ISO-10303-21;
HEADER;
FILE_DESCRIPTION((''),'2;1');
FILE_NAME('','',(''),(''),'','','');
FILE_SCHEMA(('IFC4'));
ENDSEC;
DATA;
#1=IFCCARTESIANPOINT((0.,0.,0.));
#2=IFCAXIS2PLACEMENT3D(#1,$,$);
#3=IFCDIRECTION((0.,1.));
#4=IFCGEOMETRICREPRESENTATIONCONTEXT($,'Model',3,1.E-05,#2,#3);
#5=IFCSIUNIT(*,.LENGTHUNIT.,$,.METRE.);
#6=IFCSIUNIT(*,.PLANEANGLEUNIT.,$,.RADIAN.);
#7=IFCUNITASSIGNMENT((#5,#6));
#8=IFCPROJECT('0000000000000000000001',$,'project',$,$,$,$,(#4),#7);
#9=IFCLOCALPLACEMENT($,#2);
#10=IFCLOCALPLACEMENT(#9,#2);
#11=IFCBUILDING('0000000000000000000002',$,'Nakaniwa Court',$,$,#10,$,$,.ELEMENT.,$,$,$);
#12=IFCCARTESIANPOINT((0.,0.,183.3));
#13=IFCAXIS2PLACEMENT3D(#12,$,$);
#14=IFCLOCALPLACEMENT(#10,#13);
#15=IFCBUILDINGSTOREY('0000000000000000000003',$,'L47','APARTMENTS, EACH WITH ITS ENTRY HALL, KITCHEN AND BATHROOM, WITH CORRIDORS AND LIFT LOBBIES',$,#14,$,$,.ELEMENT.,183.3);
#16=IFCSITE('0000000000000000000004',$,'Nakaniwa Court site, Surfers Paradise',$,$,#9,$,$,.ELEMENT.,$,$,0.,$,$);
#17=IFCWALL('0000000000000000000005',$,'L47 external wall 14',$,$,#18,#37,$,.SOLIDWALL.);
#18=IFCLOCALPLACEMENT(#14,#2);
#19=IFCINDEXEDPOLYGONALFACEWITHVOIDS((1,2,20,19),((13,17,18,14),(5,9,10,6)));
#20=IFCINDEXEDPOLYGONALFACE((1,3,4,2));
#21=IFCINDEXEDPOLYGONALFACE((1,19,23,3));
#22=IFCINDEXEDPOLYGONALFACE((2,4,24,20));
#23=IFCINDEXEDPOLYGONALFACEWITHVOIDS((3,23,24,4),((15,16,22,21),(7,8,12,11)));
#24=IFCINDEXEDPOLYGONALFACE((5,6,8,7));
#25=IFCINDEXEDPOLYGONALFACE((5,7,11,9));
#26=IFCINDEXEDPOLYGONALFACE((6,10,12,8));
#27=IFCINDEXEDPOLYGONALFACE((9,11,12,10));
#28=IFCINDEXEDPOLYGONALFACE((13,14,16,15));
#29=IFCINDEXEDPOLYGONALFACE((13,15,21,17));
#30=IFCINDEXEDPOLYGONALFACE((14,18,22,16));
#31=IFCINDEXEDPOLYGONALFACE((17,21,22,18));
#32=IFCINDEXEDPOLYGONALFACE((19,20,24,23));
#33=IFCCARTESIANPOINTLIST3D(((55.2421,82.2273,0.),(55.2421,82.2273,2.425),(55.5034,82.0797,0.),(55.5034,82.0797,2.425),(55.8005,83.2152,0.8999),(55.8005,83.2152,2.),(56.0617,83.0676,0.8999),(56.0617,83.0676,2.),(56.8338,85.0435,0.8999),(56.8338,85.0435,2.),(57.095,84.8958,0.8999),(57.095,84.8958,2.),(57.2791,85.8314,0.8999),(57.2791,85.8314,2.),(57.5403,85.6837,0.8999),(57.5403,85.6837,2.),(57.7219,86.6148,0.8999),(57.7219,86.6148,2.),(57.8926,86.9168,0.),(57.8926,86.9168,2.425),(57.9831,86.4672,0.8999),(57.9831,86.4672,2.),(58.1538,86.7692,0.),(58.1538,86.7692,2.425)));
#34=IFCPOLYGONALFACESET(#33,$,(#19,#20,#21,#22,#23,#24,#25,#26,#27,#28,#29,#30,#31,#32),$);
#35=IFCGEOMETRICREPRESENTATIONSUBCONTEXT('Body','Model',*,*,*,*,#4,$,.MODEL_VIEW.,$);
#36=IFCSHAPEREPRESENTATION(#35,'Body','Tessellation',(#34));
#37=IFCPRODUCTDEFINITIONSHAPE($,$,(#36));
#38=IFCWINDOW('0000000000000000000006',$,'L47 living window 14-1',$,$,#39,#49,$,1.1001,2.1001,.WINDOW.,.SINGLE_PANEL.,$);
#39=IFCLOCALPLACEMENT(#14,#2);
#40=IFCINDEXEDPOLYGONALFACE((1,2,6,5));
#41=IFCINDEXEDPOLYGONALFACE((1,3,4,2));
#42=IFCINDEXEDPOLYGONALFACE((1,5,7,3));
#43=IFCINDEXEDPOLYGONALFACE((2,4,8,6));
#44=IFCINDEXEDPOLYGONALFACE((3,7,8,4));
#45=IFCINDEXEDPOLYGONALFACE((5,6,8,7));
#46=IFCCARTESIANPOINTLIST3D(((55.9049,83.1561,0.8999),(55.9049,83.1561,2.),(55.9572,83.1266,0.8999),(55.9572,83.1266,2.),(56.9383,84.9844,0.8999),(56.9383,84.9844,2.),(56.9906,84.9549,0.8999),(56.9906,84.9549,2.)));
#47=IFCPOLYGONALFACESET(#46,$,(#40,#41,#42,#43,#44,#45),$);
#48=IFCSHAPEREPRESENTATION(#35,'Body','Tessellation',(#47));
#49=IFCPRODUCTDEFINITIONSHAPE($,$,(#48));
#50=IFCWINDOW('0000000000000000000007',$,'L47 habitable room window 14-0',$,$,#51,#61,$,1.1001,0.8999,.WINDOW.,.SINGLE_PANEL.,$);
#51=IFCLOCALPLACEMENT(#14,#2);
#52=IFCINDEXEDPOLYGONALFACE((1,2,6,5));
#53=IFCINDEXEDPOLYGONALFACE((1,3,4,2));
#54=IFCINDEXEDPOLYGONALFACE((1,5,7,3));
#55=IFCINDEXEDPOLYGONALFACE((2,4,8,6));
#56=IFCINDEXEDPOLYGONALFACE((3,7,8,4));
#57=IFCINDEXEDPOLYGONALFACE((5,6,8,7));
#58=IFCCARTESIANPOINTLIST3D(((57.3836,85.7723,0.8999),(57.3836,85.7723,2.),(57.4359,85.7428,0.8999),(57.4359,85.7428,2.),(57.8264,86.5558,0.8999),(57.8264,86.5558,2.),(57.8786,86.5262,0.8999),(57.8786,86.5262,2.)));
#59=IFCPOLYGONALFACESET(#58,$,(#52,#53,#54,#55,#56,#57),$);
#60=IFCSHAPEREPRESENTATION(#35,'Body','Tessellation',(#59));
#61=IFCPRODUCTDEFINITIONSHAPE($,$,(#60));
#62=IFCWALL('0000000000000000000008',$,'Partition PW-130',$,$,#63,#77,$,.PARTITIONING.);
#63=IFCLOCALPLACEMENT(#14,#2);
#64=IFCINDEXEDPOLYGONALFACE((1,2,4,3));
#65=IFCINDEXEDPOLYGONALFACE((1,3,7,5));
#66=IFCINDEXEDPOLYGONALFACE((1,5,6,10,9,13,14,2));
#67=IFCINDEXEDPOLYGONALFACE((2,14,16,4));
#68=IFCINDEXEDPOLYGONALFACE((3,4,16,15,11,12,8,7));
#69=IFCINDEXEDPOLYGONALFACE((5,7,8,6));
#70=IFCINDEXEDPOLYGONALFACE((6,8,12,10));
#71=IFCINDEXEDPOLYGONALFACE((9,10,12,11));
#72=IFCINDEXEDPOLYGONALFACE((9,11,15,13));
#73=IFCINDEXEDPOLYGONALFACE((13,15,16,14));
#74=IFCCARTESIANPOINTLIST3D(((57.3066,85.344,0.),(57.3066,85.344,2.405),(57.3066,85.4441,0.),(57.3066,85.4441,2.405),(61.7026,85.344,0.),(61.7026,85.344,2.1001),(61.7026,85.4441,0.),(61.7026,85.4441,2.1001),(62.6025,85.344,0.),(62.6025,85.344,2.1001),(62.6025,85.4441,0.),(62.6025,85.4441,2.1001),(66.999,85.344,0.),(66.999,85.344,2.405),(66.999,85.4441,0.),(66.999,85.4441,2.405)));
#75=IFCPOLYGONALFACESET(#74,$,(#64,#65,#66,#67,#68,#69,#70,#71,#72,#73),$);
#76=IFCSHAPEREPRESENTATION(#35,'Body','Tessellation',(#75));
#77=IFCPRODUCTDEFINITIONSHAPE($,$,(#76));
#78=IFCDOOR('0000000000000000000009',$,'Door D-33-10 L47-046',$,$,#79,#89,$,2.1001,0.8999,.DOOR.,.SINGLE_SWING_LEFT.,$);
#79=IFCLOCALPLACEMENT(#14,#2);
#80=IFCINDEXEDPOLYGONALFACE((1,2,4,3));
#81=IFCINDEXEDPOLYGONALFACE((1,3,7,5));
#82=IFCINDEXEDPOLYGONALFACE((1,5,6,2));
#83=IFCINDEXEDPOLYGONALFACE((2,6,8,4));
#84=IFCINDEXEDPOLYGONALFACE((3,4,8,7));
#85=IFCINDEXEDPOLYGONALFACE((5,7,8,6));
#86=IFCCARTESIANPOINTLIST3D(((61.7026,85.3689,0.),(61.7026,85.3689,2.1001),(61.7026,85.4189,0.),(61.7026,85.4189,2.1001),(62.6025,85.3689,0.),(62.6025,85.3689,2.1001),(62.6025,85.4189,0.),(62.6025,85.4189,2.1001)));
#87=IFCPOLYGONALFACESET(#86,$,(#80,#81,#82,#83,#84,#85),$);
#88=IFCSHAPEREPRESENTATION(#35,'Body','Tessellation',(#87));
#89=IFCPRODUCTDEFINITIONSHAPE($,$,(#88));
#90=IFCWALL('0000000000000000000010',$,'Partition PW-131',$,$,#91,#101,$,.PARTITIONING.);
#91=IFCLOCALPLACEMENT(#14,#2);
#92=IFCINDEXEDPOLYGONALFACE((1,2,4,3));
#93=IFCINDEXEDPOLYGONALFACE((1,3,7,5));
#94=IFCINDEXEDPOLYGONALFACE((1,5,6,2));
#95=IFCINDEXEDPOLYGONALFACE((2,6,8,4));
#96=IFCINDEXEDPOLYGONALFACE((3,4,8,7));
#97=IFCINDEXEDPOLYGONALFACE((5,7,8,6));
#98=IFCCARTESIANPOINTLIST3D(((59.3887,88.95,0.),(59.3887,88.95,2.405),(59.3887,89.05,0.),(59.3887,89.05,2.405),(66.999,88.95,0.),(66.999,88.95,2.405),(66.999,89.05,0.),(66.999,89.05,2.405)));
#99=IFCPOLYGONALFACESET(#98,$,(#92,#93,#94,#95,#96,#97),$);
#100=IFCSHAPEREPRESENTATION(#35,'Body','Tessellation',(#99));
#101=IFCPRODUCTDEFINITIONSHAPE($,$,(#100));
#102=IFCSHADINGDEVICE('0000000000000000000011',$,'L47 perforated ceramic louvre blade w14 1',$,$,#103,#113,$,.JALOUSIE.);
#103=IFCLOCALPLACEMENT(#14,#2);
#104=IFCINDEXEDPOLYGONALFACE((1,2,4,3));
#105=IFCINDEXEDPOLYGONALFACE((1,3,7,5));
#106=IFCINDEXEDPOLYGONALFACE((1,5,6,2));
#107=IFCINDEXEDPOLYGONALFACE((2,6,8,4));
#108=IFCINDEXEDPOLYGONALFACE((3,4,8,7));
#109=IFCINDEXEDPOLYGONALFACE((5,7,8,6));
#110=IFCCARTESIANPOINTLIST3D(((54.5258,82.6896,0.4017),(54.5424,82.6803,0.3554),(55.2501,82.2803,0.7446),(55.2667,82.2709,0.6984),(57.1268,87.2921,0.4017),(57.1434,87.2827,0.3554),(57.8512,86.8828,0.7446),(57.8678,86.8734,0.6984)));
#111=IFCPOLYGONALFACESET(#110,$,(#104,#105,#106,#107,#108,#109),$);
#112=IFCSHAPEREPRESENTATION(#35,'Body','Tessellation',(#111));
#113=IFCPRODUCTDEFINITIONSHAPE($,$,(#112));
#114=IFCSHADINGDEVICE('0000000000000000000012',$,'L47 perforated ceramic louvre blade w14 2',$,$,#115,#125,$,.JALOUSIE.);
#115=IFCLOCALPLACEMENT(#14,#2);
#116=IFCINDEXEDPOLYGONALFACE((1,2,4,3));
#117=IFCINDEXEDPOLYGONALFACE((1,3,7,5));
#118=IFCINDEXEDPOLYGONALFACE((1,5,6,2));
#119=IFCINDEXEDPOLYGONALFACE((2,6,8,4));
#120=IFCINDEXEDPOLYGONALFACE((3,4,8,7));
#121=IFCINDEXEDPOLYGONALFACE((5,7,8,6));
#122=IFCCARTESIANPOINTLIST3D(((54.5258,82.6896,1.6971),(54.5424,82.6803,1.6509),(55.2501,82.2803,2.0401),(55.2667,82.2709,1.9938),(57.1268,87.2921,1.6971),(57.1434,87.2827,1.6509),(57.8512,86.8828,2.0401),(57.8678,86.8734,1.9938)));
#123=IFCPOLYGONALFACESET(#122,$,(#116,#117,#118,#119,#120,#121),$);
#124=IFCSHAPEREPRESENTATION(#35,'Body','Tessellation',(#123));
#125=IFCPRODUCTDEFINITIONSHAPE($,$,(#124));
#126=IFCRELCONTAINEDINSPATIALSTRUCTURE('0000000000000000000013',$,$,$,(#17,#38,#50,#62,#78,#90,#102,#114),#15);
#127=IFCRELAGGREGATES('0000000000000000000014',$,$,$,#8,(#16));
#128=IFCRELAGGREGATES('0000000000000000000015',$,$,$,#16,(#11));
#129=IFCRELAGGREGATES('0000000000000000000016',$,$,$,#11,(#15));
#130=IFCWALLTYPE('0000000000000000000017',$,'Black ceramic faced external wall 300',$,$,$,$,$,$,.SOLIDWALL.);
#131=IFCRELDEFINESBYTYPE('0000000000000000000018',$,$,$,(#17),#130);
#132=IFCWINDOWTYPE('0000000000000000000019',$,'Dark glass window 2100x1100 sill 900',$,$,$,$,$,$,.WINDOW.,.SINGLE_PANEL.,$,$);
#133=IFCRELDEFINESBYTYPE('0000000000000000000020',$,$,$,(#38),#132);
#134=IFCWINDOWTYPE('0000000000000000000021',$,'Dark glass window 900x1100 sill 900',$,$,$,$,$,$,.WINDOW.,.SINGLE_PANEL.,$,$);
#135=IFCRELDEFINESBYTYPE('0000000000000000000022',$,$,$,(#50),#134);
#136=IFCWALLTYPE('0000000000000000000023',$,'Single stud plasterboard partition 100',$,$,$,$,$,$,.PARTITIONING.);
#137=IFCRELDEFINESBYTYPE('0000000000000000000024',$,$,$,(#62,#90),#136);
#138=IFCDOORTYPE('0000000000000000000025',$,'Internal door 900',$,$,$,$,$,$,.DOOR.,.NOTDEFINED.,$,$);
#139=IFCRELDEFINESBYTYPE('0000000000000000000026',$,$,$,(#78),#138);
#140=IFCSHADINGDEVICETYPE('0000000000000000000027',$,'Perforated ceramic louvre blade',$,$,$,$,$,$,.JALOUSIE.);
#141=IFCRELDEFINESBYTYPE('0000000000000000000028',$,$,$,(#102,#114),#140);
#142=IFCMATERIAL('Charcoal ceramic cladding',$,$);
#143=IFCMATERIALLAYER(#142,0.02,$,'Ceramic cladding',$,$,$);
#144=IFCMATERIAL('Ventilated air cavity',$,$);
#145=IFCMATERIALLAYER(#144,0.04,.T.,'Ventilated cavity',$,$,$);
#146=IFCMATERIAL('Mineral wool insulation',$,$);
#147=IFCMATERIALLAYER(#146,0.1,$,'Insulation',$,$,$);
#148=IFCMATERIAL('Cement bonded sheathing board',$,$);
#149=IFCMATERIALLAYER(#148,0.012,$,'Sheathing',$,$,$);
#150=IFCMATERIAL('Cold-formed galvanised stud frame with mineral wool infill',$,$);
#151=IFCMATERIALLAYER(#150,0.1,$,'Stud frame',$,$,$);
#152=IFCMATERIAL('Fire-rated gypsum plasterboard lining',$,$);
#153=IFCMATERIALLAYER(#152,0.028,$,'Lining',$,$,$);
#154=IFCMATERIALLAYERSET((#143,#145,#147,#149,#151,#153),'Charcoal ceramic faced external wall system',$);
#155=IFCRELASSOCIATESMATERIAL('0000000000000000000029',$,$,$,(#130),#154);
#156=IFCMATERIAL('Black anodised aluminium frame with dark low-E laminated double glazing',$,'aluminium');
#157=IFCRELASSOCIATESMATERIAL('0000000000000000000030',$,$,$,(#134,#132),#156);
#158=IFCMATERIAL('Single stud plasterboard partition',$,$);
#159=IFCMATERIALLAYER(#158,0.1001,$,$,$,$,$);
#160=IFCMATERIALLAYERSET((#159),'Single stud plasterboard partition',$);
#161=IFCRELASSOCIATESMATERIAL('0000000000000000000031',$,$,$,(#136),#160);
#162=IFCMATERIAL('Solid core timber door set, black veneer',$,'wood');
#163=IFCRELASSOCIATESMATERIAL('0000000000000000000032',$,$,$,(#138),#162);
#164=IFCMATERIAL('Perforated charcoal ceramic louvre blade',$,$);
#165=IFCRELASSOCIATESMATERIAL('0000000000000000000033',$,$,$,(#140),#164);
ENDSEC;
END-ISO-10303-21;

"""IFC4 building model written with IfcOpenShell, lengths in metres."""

from ifc_helpers import new_model, si_unit, direction, frame, frame_2d, origin, origin_2d, place, context, subcontext, project, spatial, rectangle, extrude, material, layer, layer_set, material_profile, profile_set, type_object, element, fill, save


model = new_model("IFC4")

# Units and contexts
model_context = context("Model", 3, precision=1e-05, world=origin(), true_north=direction((0.0, 1.0)))
body_context = subcontext(model_context, "Body", "Model", "MODEL_VIEW")
ifc_project = project(units=[si_unit("LENGTHUNIT", "METRE"), si_unit("PLANEANGLEUNIT", "RADIAN")], contexts=[model_context])

# Site, building, storey
site_placement = place(None, origin())
site = spatial("IfcSite", under=ifc_project, at=site_placement, Name="Nakaniwa Court site, Surfers Paradise", CompositionType="ELEMENT", RefElevation=0.0)
building_placement = place(site_placement, origin())
building = spatial("IfcBuilding", under=site, at=building_placement, Name="Nakaniwa Court", CompositionType="ELEMENT")
storey_placement = place(building_placement, frame((0.0, 0.0, 183.3)))
storey = spatial("IfcBuildingStorey", under=building, at=storey_placement, Name="L47", Description="APARTMENTS, EACH WITH ITS ENTRY HALL, KITCHEN AND BATHROOM, WITH CORRIDORS AND LIFT LOBBIES", CompositionType="ELEMENT", Elevation=183.3)

# Wall, openings, windows
ifc_material_1 = material(Name="Charcoal ceramic cladding")
ifc_layer_1 = layer(ifc_material_1, 0.02, Name="Ceramic cladding")
ifc_material_2 = material(Name="Ventilated air cavity")
ifc_layer_2 = layer(ifc_material_2, 0.04, ventilated=True, Name="Ventilated cavity")
ifc_material_3 = material(Name="Mineral wool insulation")
ifc_layer_3 = layer(ifc_material_3, 0.1, Name="Insulation")
ifc_material_4 = material(Name="Cement bonded sheathing board")
ifc_layer_4 = layer(ifc_material_4, 0.012, Name="Sheathing")
ifc_material_5 = material(Name="Cold-formed galvanised stud frame with mineral wool infill")
ifc_layer_5 = layer(ifc_material_5, 0.1, Name="Stud frame")
ifc_material_6 = material(Name="Fire-rated gypsum plasterboard lining")
ifc_layer_6 = layer(ifc_material_6, 0.028, Name="Lining")
ifc_layer_set_1 = layer_set([ifc_layer_1, ifc_layer_2, ifc_layer_3, ifc_layer_4, ifc_layer_5, ifc_layer_6], Name="Charcoal ceramic faced external wall system")
wall_type_1 = type_object("IfcWallType", Name="Black ceramic faced external wall 300", PredefinedType="SOLIDWALL", material=ifc_layer_set_1)
ifc_material_7 = material(Name="Black anodised aluminium frame with dark low-E laminated double glazing", Category="aluminium")
window_type_1 = type_object("IfcWindowType", Name="Dark glass window 900x1100 sill 900", PartitioningType="SINGLE_PANEL", PredefinedType="WINDOW", material=ifc_material_7)
wall_1_placement = place(storey_placement, frame((58.0232, 86.843, 0.0), z_axis=(0.0, 0.0, 1.0), x_axis=(-0.492033, -0.870576, 0.0)))
wall_1 = element("IfcWall", 1, at=wall_1_placement, inside=storey, type_object=wall_type_1, Name="L47 external wall 14", PredefinedType="SOLIDWALL", context=body_context, shape_type="SweptSolid", body=[
    extrude(rectangle(XDim=5.3867, YDim=0.3, at=frame_2d((2.6934, 0.0))), origin(), (0.0, 0.0, 1.0), 2.425),
])
opening_1_placement = place(wall_1_placement, frame((0.3469, 0.0, 0.8999)))
opening_1 = element("IfcOpeningElement", 2, at=opening_1_placement, cuts=wall_1, PredefinedType="OPENING", context=body_context, shape_type="SweptSolid", body=[
    extrude(rectangle(XDim=0.8999, YDim=1.1001, at=frame_2d((0.45, 0.55))), frame((0.0, 0.1599, 0.0), z_axis=(0.0, -1.0, 0.0), x_axis=(1.0, 0.0, 0.0)), (0.0, 0.0, 1.0), 0.3201),
])
opening_2_placement = place(wall_1_placement, frame((2.1519, 0.0, 0.8999)))
opening_2 = element("IfcOpeningElement", 3, at=opening_2_placement, cuts=wall_1, PredefinedType="OPENING", context=body_context, shape_type="SweptSolid", body=[
    extrude(rectangle(XDim=2.1001, YDim=1.1001, at=frame_2d((1.05, 0.55))), frame((0.0, 0.1599, 0.0), z_axis=(0.0, -1.0, 0.0), x_axis=(1.0, 0.0, 0.0)), (0.0, 0.0, 1.0), 0.3201),
])
window_type_2 = type_object("IfcWindowType", Name="Dark glass window 2100x1100 sill 900", PartitioningType="SINGLE_PANEL", PredefinedType="WINDOW", material=ifc_material_7)
window_1_placement = place(opening_2_placement, origin())
window_1 = element("IfcWindow", 4, at=window_1_placement, inside=storey, type_object=window_type_2, Name="L47 living window 14-1", OverallHeight=1.1001, OverallWidth=2.1001, PartitioningType="SINGLE_PANEL", PredefinedType="WINDOW", context=body_context, shape_type="SweptSolid", body=[
    extrude(rectangle(XDim=2.1001, YDim=1.1001, at=frame_2d((1.05, 0.55))), frame((0.0, 0.03, 0.0), z_axis=(0.0, -1.0, 0.0), x_axis=(1.0, 0.0, 0.0)), (0.0, 0.0, 1.0), 0.0601),
])
fill(opening_2, window_1)
window_2_placement = place(opening_1_placement, origin())
window_2 = element("IfcWindow", 5, at=window_2_placement, inside=storey, type_object=window_type_1, Name="L47 habitable room window 14-0", OverallHeight=1.1001, OverallWidth=0.8999, PartitioningType="SINGLE_PANEL", PredefinedType="WINDOW", context=body_context, shape_type="SweptSolid", body=[
    extrude(rectangle(XDim=0.8999, YDim=1.1001, at=frame_2d((0.45, 0.55))), frame((0.0, 0.03, 0.0), z_axis=(0.0, -1.0, 0.0), x_axis=(1.0, 0.0, 0.0)), (0.0, 0.0, 1.0), 0.0601),
])
fill(opening_1, window_2)

# Wall, opening, door
ifc_material_8 = material(Name="Single stud plasterboard partition")
ifc_layer_7 = layer(ifc_material_8, 0.1001)
ifc_layer_set_2 = layer_set([ifc_layer_7], Name="Single stud plasterboard partition")
wall_type_2 = type_object("IfcWallType", Name="Single stud plasterboard partition 100", PredefinedType="PARTITIONING", material=ifc_layer_set_2)
wall_2_placement = place(storey_placement, frame((57.3066, 85.394, 0.0), z_axis=(0.0, 0.0, 1.0), x_axis=(1.0, 0.0, 0.0)))
wall_2 = element("IfcWall", 6, at=wall_2_placement, inside=storey, type_object=wall_type_2, Name="Partition PW-130", PredefinedType="PARTITIONING", context=body_context, shape_type="SweptSolid", body=[
    extrude(rectangle(XDim=9.6924, YDim=0.1001, at=frame_2d((4.8462, 0.0))), origin(), (0.0, 0.0, 1.0), 2.405),
])
opening_3_placement = place(wall_2_placement, frame((4.396, 0.0, 0.0)))
opening_3 = element("IfcOpeningElement", 7, at=opening_3_placement, cuts=wall_2, PredefinedType="OPENING", context=body_context, shape_type="SweptSolid", body=[
    extrude(rectangle(XDim=0.8999, YDim=2.1001, at=frame_2d((0.45, 1.05))), frame((0.0, 0.0601, 0.0), z_axis=(0.0, -1.0, 0.0), x_axis=(1.0, 0.0, 0.0)), (0.0, 0.0, 1.0), 0.1201),
])
ifc_material_9 = material(Name="Solid core timber door set, black veneer", Category="wood")
door_type = type_object("IfcDoorType", Name="Internal door 900", OperationType="NOTDEFINED", PredefinedType="DOOR", material=ifc_material_9)
door_placement = place(opening_3_placement, origin())
door = element("IfcDoor", 8, at=door_placement, inside=storey, type_object=door_type, Name="Door D-33-10 L47-046", OperationType="SINGLE_SWING_LEFT", OverallHeight=2.1001, OverallWidth=0.8999, PredefinedType="DOOR", context=body_context, shape_type="SweptSolid", body=[
    extrude(rectangle(XDim=0.8999, YDim=2.1001, at=frame_2d((0.45, 1.05))), frame((0.0, 0.0249, 0.0), z_axis=(0.0, -1.0, 0.0), x_axis=(1.0, 0.0, 0.0)), (0.0, 0.0, 1.0), 0.05),
])
fill(opening_3, door)

# Wall
wall_3_placement = place(storey_placement, frame((59.3887, 89.0, 0.0), z_axis=(0.0, 0.0, 1.0), x_axis=(1.0, 0.0, 0.0)))
element("IfcWall", 9, at=wall_3_placement, inside=storey, type_object=wall_type_2, Name="Partition PW-131", PredefinedType="PARTITIONING", context=body_context, shape_type="SweptSolid", body=[
    extrude(rectangle(XDim=7.6104, YDim=0.1001, at=frame_2d((3.8052, 0.0))), origin(), (0.0, 0.0, 1.0), 2.405),
])

# Shading devices
ifc_material_10 = material(Name="Perforated charcoal ceramic louvre blade")
ifc_material_profile_1 = material_profile(ifc_material_10, rectangle(XDim=0.8999, YDim=0.05, at=origin_2d()), Name="Perforated ceramic louvre blade")
ifc_profile_set_1 = profile_set([ifc_material_profile_1], Name="Perforated charcoal ceramic louvre blade")
shading_device_type = type_object("IfcShadingDeviceType", Name="Perforated ceramic louvre blade", PredefinedType="JALOUSIE", material=ifc_profile_set_1)
for number, where, z_axis, x_axis, name in (
    (10, (57.4973, 87.0828, 0.55), (-0.492006, -0.870592, 0.0), (0.804902, -0.454882, 0.38107), "L47 perforated ceramic louvre blade w14 1"),
    (11, (57.4973, 87.0828, 1.8455), (-0.492006, -0.870592, 0.0), (0.804902, -0.454882, 0.38107), "L47 perforated ceramic louvre blade w14 2"),
):
    element("IfcShadingDevice", number, at=place(storey_placement, frame(where, z_axis=z_axis, x_axis=x_axis)), inside=storey, type_object=shading_device_type, Name=name, PredefinedType="JALOUSIE", context=body_context, shape_type="SweptSolid", body=[
        extrude(rectangle(XDim=0.8999, YDim=0.05, at=origin_2d()), origin(), (0.0, 0.0, 1.0), 5.2866),
    ])

save(model, "model.ifc")
